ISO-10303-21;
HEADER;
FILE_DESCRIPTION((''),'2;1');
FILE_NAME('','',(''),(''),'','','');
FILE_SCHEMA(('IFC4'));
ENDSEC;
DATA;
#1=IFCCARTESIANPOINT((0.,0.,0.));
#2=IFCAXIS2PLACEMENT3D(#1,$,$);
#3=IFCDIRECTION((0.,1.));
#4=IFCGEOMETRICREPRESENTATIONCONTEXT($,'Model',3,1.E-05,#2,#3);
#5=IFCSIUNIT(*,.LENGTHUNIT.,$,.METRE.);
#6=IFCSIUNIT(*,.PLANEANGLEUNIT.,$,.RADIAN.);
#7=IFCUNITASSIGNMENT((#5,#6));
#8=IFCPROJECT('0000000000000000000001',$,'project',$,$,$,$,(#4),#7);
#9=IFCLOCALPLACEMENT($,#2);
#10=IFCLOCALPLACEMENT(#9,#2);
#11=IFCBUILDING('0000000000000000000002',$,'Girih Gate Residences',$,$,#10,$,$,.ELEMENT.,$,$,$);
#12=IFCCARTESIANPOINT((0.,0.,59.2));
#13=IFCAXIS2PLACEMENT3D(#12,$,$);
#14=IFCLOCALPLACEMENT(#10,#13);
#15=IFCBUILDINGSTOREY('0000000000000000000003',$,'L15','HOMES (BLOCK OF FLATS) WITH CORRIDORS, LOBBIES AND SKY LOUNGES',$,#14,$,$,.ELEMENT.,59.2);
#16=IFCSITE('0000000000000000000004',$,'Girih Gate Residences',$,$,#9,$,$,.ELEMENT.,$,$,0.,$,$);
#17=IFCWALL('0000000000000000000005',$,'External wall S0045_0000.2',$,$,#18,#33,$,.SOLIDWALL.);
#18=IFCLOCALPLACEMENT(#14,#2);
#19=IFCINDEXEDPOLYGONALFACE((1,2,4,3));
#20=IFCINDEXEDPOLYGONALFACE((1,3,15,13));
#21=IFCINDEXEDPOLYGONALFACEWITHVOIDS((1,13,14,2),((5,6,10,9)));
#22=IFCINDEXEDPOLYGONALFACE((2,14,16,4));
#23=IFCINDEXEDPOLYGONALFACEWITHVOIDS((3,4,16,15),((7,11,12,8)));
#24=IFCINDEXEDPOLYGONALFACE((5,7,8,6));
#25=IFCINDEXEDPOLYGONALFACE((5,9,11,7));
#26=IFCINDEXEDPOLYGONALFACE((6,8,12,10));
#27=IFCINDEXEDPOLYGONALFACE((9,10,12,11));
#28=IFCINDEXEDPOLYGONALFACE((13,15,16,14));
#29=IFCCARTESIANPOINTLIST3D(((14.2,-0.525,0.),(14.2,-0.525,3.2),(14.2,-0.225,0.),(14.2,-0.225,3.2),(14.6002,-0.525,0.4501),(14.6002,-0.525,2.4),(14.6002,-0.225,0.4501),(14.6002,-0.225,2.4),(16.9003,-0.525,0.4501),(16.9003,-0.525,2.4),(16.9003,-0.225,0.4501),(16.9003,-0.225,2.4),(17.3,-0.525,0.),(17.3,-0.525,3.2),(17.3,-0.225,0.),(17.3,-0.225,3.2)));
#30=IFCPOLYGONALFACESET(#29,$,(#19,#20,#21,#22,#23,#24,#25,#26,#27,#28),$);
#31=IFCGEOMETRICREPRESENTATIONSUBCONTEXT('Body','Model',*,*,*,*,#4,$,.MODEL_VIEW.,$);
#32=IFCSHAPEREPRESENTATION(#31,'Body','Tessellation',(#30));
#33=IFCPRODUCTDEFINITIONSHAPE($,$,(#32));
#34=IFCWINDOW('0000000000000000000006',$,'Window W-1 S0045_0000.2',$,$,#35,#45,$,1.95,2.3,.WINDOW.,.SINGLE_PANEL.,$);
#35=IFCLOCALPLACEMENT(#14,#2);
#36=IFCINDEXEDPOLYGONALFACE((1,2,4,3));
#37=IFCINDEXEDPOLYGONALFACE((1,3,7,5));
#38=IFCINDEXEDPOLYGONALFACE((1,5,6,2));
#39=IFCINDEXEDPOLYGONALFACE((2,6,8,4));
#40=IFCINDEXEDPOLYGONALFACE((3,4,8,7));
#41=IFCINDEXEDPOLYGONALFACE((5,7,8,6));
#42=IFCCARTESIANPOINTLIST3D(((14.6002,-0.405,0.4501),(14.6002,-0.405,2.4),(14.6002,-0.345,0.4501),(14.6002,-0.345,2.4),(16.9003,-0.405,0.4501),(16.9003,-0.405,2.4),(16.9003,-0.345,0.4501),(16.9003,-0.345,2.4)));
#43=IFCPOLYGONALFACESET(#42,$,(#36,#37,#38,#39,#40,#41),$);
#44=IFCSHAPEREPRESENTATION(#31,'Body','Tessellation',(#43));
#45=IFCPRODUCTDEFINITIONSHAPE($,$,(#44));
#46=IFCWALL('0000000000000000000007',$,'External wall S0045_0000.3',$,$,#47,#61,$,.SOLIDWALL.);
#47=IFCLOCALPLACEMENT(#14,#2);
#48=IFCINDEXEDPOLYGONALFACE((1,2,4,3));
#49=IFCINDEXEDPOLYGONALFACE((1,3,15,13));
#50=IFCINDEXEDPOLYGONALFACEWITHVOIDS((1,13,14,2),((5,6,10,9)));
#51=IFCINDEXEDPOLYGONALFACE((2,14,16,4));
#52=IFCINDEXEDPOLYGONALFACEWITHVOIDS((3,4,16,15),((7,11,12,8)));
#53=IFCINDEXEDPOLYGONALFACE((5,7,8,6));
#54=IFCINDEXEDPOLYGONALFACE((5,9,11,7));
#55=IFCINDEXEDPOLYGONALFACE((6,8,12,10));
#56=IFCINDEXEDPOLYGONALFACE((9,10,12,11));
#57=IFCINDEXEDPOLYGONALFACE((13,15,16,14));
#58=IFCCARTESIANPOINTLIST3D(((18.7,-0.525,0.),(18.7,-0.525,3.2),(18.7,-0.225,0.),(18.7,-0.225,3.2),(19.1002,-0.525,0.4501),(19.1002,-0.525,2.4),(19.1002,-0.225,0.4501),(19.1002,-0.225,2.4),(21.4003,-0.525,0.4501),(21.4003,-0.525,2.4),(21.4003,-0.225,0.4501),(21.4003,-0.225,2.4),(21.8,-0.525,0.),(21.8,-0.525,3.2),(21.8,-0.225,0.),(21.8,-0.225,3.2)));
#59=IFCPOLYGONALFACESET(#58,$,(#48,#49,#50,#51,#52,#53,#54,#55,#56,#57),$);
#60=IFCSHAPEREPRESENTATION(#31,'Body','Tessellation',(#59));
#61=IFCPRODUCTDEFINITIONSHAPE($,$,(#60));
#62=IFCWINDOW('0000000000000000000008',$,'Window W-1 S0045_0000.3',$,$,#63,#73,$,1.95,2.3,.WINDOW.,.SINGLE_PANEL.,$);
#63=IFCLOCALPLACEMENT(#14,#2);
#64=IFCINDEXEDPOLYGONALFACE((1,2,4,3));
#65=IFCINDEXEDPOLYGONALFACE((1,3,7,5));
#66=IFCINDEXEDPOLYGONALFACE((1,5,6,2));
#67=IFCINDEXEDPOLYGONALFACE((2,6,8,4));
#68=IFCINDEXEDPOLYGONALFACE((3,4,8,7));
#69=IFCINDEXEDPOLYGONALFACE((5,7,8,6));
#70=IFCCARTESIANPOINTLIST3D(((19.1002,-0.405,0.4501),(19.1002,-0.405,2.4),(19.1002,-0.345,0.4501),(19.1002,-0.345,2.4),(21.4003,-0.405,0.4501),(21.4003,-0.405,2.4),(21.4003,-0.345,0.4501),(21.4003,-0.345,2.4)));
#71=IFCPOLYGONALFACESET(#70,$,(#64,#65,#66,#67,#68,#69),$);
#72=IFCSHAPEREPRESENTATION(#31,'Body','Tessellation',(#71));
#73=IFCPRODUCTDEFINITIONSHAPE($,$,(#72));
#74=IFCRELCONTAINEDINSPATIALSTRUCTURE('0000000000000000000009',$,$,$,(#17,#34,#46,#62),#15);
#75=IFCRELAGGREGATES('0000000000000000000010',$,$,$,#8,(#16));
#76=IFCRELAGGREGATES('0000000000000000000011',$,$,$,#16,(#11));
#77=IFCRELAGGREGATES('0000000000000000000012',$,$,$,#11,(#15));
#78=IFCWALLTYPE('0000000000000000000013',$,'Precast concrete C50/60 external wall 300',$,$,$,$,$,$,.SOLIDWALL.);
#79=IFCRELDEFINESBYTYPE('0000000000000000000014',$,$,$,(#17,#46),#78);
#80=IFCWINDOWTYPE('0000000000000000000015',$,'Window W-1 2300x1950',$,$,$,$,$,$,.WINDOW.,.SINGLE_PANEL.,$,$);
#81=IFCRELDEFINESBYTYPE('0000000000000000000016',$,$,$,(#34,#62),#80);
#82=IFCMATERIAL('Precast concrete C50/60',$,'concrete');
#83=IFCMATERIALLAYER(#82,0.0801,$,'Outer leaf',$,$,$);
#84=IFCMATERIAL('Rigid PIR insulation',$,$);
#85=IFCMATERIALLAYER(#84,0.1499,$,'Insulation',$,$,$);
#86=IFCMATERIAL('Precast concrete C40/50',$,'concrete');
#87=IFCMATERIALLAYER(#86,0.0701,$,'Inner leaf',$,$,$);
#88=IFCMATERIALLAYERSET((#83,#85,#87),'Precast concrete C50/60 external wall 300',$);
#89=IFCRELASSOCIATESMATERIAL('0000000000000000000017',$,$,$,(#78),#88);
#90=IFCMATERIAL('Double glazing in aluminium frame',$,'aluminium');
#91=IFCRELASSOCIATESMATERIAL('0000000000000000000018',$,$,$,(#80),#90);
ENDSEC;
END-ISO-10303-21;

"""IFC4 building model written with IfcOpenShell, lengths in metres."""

from ifc_helpers import new_model, si_unit, direction, frame, frame_2d, origin, place, context, subcontext, project, spatial, rectangle, extrude, material, layer, layer_set, type_object, element, fill, save


model = new_model("IFC4")

# Units and contexts
model_context = context("Model", 3, precision=1e-05, world=origin(), true_north=direction((0.0, 1.0)))
body_context = subcontext(model_context, "Body", "Model", "MODEL_VIEW")
ifc_project = project(units=[si_unit("LENGTHUNIT", "METRE"), si_unit("PLANEANGLEUNIT", "RADIAN")], contexts=[model_context])

# Site, building, storey
site_placement = place(None, origin())
site = spatial("IfcSite", under=ifc_project, at=site_placement, Name="Girih Gate Residences", CompositionType="ELEMENT", RefElevation=0.0)
building_placement = place(site_placement, origin())
building = spatial("IfcBuilding", under=site, at=building_placement, Name="Girih Gate Residences", CompositionType="ELEMENT")
storey_placement = place(building_placement, frame((0.0, 0.0, 59.2)))
storey = spatial("IfcBuildingStorey", under=building, at=storey_placement, Name="L15", Description="HOMES (BLOCK OF FLATS) WITH CORRIDORS, LOBBIES AND SKY LOUNGES", CompositionType="ELEMENT", Elevation=59.2)

# Walls, openings, windows
ifc_material_1 = material(Name="Precast concrete C50/60", Category="concrete")
ifc_layer_1 = layer(ifc_material_1, 0.0801, Name="Outer leaf")
ifc_material_2 = material(Name="Rigid PIR insulation")
ifc_layer_2 = layer(ifc_material_2, 0.1499, Name="Insulation")
ifc_material_3 = material(Name="Precast concrete C40/50", Category="concrete")
ifc_layer_3 = layer(ifc_material_3, 0.0701, Name="Inner leaf")
ifc_layer_set_1 = layer_set([ifc_layer_1, ifc_layer_2, ifc_layer_3], Name="Precast concrete C50/60 external wall 300")
wall_type_1 = type_object("IfcWallType", Name="Precast concrete C50/60 external wall 300", PredefinedType="SOLIDWALL", material=ifc_layer_set_1)
wall_1_placement = place(storey_placement, frame((17.3, -0.375, 0.0), z_axis=(0.0, 0.0, 1.0), x_axis=(-1.0, 0.0, 0.0)))
wall_1 = element("IfcWall", 1, at=wall_1_placement, inside=storey, type_object=wall_type_1, Name="External wall S0045_0000.2", PredefinedType="SOLIDWALL", context=body_context, shape_type="SweptSolid", body=[
    extrude(rectangle(XDim=3.1001, YDim=0.3, at=frame_2d((1.55, 0.0))), origin(), (0.0, 0.0, 1.0), 3.2),
])
opening_1_placement = place(wall_1_placement, frame((0.3999, 0.0, 0.45)))
opening_1 = element("IfcOpeningElement", 2, at=opening_1_placement, cuts=wall_1, PredefinedType="OPENING", context=body_context, shape_type="SweptSolid", body=[
    extrude(rectangle(XDim=2.3, YDim=1.95, at=frame_2d((1.1499, 0.9751))), frame((0.0, 0.1599, 0.0), z_axis=(0.0, -1.0, 0.0), x_axis=(1.0, 0.0, 0.0)), (0.0, 0.0, 1.0), 0.3201),
])
ifc_material_4 = material(Name="Double glazing in aluminium frame", Category="aluminium")
window_type = type_object("IfcWindowType", Name="Window W-1 2300x1950", PartitioningType="SINGLE_PANEL", PredefinedType="WINDOW", material=ifc_material_4)
window_1_placement = place(opening_1_placement, origin())
window_1 = element("IfcWindow", 3, at=window_1_placement, inside=storey, type_object=window_type, Name="Window W-1 S0045_0000.2", OverallHeight=1.95, OverallWidth=2.3, PartitioningType="SINGLE_PANEL", PredefinedType="WINDOW", context=body_context, shape_type="SweptSolid", body=[
    extrude(rectangle(XDim=2.3, YDim=1.95, at=frame_2d((1.1499, 0.9751))), frame((0.0, 0.03, 0.0), z_axis=(0.0, -1.0, 0.0), x_axis=(1.0, 0.0, 0.0)), (0.0, 0.0, 1.0), 0.0601),
])
fill(opening_1, window_1)
wall_2_placement = place(storey_placement, frame((21.8, -0.375, 0.0), z_axis=(0.0, 0.0, 1.0), x_axis=(-1.0, 0.0, 0.0)))
wall_2 = element("IfcWall", 4, at=wall_2_placement, inside=storey, type_object=wall_type_1, Name="External wall S0045_0000.3", PredefinedType="SOLIDWALL", context=body_context, shape_type="SweptSolid", body=[
    extrude(rectangle(XDim=3.1001, YDim=0.3, at=frame_2d((1.55, 0.0))), origin(), (0.0, 0.0, 1.0), 3.2),
])
opening_2_placement = place(wall_2_placement, frame((0.3999, 0.0, 0.45)))
opening_2 = element("IfcOpeningElement", 5, at=opening_2_placement, cuts=wall_2, PredefinedType="OPENING", context=body_context, shape_type="SweptSolid", body=[
    extrude(rectangle(XDim=2.3, YDim=1.95, at=frame_2d((1.1499, 0.9751))), frame((0.0, 0.1599, 0.0), z_axis=(0.0, -1.0, 0.0), x_axis=(1.0, 0.0, 0.0)), (0.0, 0.0, 1.0), 0.3201),
])
window_2_placement = place(opening_2_placement, origin())
window_2 = element("IfcWindow", 6, at=window_2_placement, inside=storey, type_object=window_type, Name="Window W-1 S0045_0000.3", OverallHeight=1.95, OverallWidth=2.3, PartitioningType="SINGLE_PANEL", PredefinedType="WINDOW", context=body_context, shape_type="SweptSolid", body=[
    extrude(rectangle(XDim=2.3, YDim=1.95, at=frame_2d((1.1499, 0.9751))), frame((0.0, 0.03, 0.0), z_axis=(0.0, -1.0, 0.0), x_axis=(1.0, 0.0, 0.0)), (0.0, 0.0, 1.0), 0.0601),
])
fill(opening_2, window_2)

save(model, "model.ifc")
